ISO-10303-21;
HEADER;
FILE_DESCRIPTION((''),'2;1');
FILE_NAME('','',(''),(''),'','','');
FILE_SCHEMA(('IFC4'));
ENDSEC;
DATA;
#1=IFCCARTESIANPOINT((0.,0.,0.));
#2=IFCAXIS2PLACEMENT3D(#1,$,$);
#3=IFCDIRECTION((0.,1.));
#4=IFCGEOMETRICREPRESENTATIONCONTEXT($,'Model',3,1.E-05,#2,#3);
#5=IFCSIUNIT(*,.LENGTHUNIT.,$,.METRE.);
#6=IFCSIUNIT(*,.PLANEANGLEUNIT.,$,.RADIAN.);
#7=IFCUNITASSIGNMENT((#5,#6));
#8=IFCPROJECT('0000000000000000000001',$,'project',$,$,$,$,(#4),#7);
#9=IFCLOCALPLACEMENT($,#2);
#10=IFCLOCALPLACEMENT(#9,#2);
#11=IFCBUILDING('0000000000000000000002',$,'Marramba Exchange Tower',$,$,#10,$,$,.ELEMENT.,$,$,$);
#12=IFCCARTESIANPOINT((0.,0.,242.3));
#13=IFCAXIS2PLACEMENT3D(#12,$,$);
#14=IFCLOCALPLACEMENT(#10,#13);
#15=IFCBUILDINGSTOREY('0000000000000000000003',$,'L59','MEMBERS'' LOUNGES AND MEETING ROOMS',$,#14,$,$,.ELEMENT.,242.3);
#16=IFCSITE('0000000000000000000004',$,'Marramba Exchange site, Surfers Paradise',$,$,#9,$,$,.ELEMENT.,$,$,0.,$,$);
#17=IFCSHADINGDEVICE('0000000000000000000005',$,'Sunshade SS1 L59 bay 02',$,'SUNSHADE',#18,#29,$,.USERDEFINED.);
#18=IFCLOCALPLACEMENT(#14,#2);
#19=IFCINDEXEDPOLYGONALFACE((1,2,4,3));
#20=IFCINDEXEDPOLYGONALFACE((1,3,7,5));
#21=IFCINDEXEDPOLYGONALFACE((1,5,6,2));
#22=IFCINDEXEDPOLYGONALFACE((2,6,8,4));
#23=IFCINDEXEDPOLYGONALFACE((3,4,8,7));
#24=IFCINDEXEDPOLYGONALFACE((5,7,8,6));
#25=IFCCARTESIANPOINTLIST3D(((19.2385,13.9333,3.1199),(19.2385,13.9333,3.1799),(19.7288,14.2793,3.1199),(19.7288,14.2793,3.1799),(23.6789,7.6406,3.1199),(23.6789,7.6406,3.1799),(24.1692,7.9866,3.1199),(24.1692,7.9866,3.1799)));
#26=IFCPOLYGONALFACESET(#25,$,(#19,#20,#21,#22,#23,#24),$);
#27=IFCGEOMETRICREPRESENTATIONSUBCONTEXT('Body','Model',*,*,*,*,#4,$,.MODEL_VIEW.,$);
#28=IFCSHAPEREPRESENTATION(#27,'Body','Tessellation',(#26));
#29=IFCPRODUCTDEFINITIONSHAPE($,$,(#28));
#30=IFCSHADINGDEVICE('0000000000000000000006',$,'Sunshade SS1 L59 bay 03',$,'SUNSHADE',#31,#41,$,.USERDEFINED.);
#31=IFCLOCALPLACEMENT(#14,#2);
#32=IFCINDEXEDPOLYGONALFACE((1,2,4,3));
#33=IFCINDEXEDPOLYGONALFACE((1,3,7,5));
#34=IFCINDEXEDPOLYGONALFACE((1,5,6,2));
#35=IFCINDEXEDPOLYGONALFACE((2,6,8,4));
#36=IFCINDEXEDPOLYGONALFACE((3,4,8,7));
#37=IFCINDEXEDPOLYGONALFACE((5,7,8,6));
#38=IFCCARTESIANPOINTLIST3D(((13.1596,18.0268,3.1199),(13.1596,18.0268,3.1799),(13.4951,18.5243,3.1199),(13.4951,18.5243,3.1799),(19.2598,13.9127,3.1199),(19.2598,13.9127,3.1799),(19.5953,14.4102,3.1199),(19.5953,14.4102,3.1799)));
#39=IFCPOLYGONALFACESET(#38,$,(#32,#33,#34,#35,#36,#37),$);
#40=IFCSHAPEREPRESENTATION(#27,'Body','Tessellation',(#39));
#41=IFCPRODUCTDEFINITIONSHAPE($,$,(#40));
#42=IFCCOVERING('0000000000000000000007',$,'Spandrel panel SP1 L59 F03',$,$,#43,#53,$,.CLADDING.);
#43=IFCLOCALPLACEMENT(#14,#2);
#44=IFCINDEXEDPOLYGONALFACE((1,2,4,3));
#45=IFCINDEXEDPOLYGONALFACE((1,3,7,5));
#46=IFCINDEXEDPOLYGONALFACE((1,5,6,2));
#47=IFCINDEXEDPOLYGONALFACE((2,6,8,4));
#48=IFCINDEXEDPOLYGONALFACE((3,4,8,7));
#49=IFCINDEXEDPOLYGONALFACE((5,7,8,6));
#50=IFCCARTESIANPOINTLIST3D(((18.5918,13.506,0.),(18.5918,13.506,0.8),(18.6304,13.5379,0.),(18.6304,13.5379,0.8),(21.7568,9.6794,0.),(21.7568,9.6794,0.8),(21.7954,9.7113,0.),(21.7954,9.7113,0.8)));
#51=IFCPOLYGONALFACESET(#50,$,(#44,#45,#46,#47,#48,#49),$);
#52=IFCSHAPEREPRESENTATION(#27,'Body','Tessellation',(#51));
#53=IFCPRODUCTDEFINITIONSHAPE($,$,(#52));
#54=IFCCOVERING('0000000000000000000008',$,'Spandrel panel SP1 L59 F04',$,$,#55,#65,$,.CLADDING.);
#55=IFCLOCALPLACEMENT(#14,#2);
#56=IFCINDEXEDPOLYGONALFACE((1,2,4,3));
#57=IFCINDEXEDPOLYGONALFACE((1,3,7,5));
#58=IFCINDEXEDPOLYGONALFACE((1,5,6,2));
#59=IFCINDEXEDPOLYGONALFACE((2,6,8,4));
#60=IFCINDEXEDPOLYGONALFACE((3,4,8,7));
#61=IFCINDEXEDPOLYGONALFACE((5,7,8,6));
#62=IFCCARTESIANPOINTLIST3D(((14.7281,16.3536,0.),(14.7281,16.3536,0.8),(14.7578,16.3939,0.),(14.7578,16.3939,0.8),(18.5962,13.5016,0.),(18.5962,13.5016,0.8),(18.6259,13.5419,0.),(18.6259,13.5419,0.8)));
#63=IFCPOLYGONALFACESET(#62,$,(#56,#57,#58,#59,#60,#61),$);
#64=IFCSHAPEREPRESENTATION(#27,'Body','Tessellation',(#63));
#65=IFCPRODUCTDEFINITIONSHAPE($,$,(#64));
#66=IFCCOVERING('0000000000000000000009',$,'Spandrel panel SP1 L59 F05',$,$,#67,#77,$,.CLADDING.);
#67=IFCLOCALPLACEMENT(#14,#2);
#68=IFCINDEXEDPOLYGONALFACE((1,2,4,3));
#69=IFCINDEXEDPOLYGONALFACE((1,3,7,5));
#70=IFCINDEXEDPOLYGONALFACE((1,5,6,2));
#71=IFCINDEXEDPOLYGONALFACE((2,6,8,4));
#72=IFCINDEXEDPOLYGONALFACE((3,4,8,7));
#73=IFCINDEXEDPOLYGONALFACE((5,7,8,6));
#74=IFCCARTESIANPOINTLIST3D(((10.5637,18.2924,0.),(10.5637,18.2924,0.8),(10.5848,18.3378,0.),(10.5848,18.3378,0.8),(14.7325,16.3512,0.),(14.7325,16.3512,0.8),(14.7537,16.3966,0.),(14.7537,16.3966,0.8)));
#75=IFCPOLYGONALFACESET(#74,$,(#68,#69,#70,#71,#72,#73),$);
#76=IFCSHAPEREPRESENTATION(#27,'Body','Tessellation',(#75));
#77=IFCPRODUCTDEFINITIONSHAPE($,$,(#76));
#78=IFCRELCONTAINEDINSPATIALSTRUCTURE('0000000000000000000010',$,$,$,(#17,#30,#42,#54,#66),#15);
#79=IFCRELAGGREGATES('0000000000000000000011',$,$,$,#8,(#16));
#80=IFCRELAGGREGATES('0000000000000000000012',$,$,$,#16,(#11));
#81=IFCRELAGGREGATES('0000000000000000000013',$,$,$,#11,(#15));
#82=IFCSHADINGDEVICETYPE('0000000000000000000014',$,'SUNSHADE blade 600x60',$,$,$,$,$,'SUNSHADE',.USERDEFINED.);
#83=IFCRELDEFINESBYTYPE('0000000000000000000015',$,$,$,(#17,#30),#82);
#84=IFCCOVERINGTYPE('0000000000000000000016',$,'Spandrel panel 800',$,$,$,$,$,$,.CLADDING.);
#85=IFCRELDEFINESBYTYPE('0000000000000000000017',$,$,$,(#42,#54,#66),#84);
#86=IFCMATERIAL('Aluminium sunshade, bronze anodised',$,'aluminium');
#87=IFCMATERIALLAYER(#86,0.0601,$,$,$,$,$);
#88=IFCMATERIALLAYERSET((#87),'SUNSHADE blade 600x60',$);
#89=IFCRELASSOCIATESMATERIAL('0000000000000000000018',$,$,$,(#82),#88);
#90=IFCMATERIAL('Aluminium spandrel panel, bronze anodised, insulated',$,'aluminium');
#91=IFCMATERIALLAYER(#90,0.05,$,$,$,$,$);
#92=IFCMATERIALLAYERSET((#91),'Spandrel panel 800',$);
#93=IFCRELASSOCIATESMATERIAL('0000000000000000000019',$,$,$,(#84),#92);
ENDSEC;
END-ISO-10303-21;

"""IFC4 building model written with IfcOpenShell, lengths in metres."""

from ifc_helpers import new_model, si_unit, direction, frame, origin, origin_2d, place, context, subcontext, project, spatial, rectangle, extrude, material, layer, layer_set, type_object, element, save


model = new_model("IFC4")

# Units and contexts
model_context = context("Model", 3, precision=1e-05, world=origin(), true_north=direction((0.0, 1.0)))
body_context = subcontext(model_context, "Body", "Model", "MODEL_VIEW")
ifc_project = project(units=[si_unit("LENGTHUNIT", "METRE"), si_unit("PLANEANGLEUNIT", "RADIAN")], contexts=[model_context])

# Site, building, storey
site_placement = place(None, origin())
site = spatial("IfcSite", under=ifc_project, at=site_placement, Name="Marramba Exchange site, Surfers Paradise", CompositionType="ELEMENT", RefElevation=0.0)
building_placement = place(site_placement, origin())
building = spatial("IfcBuilding", under=site, at=building_placement, Name="Marramba Exchange Tower", CompositionType="ELEMENT")
storey_placement = place(building_placement, frame((0.0, 0.0, 242.3)))
storey = spatial("IfcBuildingStorey", under=building, at=storey_placement, Name="L59", Description="MEMBERS' LOUNGES AND MEETING ROOMS", CompositionType="ELEMENT", Elevation=242.3)

# Shading devices
ifc_material_1 = material(Name="Aluminium sunshade, bronze anodised", Category="aluminium")
ifc_layer_1 = layer(ifc_material_1, 0.0601)
ifc_layer_set_1 = layer_set([ifc_layer_1], Name="SUNSHADE blade 600x60")
shading_device_type_1 = type_object("IfcShadingDeviceType", Name="SUNSHADE blade 600x60", ElementType="SUNSHADE", PredefinedType="USERDEFINED", material=ifc_layer_set_1)
shading_device_1_placement = place(storey_placement, frame((21.7039, 10.96, 3.1199), z_axis=(0.0, 0.0, 1.0), x_axis=(-0.576555, 0.817058, 0.0)))
element("IfcShadingDevice", 1, at=shading_device_1_placement, inside=storey, type_object=shading_device_type_1, Name="Sunshade SS1 L59 bay 02", ObjectType="SUNSHADE", PredefinedType="USERDEFINED", context=body_context, shape_type="SweptSolid", body=[
    extrude(rectangle(XDim=7.7017, YDim=0.6001, at=origin_2d()), origin(), (0.0, 0.0, 1.0), 0.0601),
])
shading_device_2_placement = place(storey_placement, frame((16.3774, 16.2185, 3.1199), z_axis=(0.0, 0.0, 1.0), x_axis=(-0.829071, 0.559143, 0.0)))
element("IfcShadingDevice", 2, at=shading_device_2_placement, inside=storey, type_object=shading_device_type_1, Name="Sunshade SS1 L59 bay 03", ObjectType="SUNSHADE", PredefinedType="USERDEFINED", context=body_context, shape_type="SweptSolid", body=[
    extrude(rectangle(XDim=7.3579, YDim=0.6001, at=origin_2d()), origin(), (0.0, 0.0, 1.0), 0.0601),
])

# Coverings
ifc_material_2 = material(Name="Aluminium spandrel panel, bronze anodised, insulated", Category="aluminium")
ifc_layer_2 = layer(ifc_material_2, 0.05)
ifc_layer_set_2 = layer_set([ifc_layer_2], Name="Spandrel panel 800")
covering_type = type_object("IfcCoveringType", Name="Spandrel panel 800", PredefinedType="CLADDING", material=ifc_layer_set_2)
covering_1_placement = place(storey_placement, frame((20.1936, 11.6086, 0.0), z_axis=(0.0, 0.0, 1.0), x_axis=(-0.63735, 0.770574, 0.0)))
element("IfcCovering", 3, at=covering_1_placement, inside=storey, type_object=covering_type, Name="Spandrel panel SP1 L59 F03", PredefinedType="CLADDING", context=body_context, shape_type="SweptSolid", body=[
    extrude(rectangle(XDim=4.9658, YDim=0.05, at=origin_2d()), origin(), (0.0, 0.0, 1.0), 0.8),
])
covering_2_placement = place(storey_placement, frame((16.677, 14.9478, 0.0), z_axis=(0.0, 0.0, 1.0), x_axis=(-0.804877, 0.593441, 0.0)))
element("IfcCovering", 4, at=covering_2_placement, inside=storey, type_object=covering_type, Name="Spandrel panel SP1 L59 F04", PredefinedType="CLADDING", context=body_context, shape_type="SweptSolid", body=[
    extrude(rectangle(XDim=4.8059, YDim=0.05, at=origin_2d()), origin(), (0.0, 0.0, 1.0), 0.8),
])
covering_3_placement = place(storey_placement, frame((12.6587, 17.3445, 0.0), z_axis=(0.0, 0.0, 1.0), x_axis=(-0.906534, 0.422133, 0.0)))
element("IfcCovering", 5, at=covering_3_placement, inside=storey, type_object=covering_type, Name="Spandrel panel SP1 L59 F05", PredefinedType="CLADDING", context=body_context, shape_type="SweptSolid", body=[
    extrude(rectangle(XDim=4.5986, YDim=0.05, at=origin_2d()), origin(), (0.0, 0.0, 1.0), 0.8),
])

save(model, "model.ifc")
